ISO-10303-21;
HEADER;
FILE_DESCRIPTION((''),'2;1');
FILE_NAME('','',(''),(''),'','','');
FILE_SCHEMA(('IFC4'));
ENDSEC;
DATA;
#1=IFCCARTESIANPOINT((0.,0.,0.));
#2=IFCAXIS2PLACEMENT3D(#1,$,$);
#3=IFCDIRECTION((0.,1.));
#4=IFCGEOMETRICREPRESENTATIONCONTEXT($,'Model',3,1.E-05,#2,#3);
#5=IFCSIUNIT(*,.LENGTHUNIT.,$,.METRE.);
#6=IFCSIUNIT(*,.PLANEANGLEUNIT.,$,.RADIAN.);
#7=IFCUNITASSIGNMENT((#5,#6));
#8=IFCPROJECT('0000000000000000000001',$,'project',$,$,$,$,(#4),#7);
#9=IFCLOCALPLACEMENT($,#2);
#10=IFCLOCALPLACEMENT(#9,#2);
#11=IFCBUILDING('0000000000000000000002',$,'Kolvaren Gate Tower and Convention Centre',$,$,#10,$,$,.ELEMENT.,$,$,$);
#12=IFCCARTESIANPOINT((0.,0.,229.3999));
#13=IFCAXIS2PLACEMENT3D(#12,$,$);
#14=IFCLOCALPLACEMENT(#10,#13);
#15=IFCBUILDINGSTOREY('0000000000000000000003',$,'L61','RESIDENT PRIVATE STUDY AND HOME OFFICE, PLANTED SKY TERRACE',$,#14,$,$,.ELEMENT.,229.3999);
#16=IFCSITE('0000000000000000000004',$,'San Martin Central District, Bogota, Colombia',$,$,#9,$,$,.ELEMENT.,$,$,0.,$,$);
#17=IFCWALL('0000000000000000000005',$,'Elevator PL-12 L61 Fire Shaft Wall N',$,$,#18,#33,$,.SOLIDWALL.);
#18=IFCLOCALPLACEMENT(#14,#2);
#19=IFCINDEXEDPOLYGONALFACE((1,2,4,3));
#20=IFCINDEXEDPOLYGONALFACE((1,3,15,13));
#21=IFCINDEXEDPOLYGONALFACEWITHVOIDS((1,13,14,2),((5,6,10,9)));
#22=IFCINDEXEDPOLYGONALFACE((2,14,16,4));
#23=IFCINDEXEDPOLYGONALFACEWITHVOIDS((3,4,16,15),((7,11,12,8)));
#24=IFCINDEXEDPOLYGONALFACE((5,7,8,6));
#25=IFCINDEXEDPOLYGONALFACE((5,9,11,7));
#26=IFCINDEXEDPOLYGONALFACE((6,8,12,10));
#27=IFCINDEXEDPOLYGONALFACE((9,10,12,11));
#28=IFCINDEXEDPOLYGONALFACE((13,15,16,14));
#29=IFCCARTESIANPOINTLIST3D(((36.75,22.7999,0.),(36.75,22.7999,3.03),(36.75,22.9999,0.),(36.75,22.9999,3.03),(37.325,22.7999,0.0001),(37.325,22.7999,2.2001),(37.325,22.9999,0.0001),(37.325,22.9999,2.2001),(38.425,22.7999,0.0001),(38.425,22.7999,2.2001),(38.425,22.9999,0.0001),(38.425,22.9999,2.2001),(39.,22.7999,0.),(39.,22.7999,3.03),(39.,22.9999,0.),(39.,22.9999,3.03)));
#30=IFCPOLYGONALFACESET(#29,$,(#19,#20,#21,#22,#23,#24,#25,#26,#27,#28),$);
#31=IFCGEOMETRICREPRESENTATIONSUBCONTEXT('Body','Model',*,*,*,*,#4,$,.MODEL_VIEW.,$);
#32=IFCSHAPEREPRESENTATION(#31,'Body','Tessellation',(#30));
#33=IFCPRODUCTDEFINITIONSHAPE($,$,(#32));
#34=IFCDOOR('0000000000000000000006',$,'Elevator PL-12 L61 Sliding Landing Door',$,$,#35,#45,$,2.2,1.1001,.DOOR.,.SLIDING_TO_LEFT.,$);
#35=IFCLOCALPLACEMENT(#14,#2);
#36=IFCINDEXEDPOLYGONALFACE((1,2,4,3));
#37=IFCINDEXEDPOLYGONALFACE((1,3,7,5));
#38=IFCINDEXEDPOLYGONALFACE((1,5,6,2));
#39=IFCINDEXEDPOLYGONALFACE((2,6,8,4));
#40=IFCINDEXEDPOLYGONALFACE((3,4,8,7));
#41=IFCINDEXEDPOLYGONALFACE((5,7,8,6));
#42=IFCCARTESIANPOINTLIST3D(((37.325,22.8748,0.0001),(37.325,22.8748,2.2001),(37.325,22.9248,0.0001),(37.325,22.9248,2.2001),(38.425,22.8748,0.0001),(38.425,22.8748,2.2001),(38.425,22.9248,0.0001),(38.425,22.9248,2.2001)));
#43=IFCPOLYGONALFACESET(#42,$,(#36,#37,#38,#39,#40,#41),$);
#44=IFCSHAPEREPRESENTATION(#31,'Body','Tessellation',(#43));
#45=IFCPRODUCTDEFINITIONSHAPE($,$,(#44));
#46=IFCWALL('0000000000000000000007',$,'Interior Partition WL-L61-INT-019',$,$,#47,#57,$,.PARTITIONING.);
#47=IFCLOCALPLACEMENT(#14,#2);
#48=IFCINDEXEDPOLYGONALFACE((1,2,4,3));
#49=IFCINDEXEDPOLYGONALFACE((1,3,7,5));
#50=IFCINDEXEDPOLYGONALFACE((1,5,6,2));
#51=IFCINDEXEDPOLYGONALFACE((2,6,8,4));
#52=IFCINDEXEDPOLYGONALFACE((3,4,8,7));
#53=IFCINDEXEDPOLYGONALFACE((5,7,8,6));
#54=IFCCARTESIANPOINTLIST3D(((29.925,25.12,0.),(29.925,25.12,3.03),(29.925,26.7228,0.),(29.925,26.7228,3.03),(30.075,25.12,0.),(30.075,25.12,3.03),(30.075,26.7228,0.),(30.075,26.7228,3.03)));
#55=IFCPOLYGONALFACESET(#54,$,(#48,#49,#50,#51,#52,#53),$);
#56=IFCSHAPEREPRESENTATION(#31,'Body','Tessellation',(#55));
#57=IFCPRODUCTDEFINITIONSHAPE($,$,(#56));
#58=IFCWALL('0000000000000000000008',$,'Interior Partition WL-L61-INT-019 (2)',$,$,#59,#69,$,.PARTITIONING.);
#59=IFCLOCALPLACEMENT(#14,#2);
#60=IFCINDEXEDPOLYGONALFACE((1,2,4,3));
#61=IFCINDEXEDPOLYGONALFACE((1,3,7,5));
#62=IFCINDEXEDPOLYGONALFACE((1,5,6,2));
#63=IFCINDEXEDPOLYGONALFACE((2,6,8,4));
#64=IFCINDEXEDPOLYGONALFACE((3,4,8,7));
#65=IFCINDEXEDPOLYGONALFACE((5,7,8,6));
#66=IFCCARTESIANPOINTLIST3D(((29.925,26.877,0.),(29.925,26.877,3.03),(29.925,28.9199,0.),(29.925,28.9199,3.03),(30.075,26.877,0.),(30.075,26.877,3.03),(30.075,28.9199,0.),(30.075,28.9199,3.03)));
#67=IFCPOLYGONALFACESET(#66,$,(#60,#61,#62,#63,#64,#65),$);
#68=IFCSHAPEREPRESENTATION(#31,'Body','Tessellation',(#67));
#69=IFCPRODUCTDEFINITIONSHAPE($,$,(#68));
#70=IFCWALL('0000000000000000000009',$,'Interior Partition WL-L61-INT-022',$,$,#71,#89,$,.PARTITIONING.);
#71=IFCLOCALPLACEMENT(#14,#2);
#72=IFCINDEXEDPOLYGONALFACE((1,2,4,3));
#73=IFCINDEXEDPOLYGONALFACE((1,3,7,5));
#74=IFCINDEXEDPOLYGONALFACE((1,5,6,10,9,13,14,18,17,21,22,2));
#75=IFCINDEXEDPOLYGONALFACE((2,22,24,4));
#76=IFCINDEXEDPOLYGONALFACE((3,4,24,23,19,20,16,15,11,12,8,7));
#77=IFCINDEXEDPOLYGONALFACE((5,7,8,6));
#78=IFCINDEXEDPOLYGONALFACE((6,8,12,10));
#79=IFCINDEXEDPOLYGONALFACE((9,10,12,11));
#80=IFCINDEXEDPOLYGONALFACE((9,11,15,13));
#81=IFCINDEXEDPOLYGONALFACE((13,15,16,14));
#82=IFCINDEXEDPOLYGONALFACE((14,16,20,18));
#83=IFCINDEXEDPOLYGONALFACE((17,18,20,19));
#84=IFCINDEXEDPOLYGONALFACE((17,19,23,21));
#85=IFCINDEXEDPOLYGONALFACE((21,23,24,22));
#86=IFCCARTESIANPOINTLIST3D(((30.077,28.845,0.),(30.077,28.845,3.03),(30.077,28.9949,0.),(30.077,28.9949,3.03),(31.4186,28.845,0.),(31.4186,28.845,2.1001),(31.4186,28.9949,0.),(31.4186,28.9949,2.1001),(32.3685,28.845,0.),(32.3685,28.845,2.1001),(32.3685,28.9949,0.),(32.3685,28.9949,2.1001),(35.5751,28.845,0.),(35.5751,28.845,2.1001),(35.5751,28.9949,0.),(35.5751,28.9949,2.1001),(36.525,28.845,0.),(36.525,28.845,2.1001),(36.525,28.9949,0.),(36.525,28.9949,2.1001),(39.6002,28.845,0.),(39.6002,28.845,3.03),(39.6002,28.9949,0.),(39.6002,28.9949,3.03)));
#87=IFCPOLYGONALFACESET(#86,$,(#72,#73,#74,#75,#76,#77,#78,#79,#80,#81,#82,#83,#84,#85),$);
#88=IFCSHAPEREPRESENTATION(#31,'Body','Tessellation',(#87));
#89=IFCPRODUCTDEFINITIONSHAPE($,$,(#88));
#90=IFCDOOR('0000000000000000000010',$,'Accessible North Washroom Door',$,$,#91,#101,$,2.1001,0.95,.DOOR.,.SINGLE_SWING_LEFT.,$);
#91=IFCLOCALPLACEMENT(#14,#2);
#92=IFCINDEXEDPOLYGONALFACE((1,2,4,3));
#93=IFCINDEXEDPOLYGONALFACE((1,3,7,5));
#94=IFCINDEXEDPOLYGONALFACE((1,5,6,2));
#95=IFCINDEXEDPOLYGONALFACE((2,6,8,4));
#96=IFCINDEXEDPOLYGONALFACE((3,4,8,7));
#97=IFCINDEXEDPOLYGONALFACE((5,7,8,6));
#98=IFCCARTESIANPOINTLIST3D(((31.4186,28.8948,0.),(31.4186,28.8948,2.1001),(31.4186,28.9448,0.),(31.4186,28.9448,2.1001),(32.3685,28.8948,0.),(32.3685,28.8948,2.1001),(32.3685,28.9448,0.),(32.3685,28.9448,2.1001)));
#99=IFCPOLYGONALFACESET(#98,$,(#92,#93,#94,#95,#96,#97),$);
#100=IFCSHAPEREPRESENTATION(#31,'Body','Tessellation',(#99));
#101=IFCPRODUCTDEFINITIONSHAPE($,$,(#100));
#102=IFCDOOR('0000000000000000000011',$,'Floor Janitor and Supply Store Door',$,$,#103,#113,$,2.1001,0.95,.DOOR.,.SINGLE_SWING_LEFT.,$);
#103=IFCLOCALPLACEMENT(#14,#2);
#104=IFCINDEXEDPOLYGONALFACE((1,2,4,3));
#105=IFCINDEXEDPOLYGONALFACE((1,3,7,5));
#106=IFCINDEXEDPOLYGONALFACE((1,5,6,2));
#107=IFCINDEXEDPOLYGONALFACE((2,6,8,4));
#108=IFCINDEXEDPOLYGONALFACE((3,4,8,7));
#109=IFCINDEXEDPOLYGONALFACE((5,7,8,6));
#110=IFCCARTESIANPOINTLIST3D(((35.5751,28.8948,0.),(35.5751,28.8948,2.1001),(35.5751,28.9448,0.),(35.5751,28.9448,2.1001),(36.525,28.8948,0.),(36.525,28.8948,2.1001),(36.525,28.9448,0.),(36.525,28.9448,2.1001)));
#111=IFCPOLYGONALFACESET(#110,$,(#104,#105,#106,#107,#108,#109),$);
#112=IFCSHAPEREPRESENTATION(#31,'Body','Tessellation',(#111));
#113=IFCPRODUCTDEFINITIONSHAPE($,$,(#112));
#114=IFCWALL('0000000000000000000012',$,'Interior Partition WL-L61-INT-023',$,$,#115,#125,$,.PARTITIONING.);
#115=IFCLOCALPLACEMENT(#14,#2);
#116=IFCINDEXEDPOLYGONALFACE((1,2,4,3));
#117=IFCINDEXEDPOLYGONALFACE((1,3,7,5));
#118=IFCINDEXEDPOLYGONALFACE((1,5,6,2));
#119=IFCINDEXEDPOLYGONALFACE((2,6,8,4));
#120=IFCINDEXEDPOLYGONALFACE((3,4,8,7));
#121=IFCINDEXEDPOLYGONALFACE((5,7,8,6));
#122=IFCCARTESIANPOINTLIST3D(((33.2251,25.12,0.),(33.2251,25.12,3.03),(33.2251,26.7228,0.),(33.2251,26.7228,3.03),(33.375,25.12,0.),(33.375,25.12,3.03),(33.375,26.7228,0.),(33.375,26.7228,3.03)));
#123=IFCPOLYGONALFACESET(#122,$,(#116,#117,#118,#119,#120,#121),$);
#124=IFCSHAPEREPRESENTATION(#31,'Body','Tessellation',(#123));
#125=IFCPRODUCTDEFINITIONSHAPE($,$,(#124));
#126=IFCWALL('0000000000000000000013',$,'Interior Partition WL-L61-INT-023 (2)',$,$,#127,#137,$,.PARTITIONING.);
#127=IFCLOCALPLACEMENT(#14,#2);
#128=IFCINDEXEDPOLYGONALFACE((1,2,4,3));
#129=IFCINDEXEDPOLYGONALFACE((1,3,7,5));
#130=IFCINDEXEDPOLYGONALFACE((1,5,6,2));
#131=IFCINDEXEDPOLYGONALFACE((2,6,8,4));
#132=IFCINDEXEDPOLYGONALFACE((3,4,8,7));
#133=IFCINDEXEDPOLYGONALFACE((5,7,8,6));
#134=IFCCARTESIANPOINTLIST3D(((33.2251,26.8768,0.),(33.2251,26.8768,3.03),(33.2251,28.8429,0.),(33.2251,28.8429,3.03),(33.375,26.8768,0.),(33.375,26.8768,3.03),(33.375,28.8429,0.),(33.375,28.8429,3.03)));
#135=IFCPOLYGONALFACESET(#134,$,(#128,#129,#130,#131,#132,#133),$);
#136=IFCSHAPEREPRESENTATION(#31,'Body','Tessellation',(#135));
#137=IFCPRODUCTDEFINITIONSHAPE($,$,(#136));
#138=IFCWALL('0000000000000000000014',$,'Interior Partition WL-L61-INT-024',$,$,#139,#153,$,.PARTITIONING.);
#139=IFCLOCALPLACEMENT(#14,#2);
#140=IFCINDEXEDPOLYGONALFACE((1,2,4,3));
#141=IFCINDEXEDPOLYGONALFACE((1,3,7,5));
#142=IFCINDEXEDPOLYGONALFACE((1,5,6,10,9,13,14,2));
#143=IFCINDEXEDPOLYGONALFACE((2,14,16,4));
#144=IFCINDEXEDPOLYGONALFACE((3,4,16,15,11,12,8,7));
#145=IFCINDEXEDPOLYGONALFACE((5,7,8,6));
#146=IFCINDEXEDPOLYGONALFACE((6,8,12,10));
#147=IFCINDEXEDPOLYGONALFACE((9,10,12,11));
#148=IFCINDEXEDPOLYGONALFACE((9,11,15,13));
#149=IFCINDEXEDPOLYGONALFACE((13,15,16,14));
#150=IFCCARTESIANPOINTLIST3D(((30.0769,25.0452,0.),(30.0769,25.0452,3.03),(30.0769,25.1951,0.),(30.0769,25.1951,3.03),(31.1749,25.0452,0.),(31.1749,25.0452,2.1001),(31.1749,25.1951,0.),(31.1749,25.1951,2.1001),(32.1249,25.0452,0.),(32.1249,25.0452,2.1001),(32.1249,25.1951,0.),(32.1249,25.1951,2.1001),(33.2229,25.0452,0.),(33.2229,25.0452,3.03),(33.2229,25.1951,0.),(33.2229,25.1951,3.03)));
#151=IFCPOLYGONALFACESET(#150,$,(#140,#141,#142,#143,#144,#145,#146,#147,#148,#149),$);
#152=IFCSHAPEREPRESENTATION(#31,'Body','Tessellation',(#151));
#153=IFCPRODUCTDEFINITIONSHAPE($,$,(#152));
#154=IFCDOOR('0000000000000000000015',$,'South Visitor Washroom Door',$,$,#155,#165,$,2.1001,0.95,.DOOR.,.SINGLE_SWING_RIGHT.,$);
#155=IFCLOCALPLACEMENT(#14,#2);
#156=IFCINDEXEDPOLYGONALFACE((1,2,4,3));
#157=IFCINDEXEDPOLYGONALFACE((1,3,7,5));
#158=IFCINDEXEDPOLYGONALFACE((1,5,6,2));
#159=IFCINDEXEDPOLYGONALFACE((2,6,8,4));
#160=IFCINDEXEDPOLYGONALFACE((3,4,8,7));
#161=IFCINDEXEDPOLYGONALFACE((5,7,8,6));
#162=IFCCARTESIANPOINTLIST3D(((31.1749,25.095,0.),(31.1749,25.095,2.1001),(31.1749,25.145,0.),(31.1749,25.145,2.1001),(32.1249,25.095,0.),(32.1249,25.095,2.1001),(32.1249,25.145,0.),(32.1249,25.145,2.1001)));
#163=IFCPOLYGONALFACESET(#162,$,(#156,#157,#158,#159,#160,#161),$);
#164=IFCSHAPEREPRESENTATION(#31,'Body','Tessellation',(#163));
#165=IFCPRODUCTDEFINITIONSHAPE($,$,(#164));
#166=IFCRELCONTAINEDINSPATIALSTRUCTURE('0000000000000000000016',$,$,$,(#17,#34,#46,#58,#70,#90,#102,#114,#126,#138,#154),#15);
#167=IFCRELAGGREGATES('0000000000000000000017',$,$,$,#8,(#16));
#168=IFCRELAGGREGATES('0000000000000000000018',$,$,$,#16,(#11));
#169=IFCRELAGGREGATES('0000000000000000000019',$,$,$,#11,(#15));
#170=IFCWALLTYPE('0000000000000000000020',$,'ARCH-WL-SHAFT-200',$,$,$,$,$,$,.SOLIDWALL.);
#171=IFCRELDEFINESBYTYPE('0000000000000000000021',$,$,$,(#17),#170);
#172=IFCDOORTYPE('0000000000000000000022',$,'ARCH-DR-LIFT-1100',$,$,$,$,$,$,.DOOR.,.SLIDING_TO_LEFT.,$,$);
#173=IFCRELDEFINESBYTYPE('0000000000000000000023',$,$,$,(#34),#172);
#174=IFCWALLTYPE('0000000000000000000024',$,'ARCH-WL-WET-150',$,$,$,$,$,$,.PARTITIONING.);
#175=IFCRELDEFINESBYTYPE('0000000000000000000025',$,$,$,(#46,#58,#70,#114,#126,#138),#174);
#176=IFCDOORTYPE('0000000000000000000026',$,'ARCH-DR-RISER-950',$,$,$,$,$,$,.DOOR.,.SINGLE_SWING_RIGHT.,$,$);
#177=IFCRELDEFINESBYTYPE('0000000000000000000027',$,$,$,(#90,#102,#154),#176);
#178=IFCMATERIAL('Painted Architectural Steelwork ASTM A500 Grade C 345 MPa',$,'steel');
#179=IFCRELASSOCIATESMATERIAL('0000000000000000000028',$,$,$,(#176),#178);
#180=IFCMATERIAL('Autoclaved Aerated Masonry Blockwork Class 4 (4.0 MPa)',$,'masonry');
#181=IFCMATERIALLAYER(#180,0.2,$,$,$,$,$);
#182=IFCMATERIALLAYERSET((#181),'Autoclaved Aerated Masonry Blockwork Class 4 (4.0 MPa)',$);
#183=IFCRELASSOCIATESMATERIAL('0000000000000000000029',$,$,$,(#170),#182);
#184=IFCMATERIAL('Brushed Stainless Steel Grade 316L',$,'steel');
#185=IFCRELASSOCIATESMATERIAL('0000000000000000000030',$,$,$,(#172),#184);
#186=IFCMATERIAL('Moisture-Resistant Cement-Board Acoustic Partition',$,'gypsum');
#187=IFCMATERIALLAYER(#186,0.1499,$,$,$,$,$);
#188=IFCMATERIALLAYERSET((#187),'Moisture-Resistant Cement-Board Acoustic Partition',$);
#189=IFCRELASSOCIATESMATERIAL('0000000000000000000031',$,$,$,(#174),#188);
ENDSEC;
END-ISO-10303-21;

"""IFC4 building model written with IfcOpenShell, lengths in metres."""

from ifc_helpers import new_model, si_unit, direction, frame, frame_2d, origin, place, context, subcontext, project, spatial, rectangle, extrude, material, layer, layer_set, type_object, element, fill, save


model = new_model("IFC4")

# Units and contexts
model_context = context("Model", 3, precision=1e-05, world=origin(), true_north=direction((0.0, 1.0)))
body_context = subcontext(model_context, "Body", "Model", "MODEL_VIEW")
ifc_project = project(units=[si_unit("LENGTHUNIT", "METRE"), si_unit("PLANEANGLEUNIT", "RADIAN")], contexts=[model_context])

# Site, building, storey
site_placement = place(None, origin())
site = spatial("IfcSite", under=ifc_project, at=site_placement, Name="San Martin Central District, Bogota, Colombia", CompositionType="ELEMENT", RefElevation=0.0)
building_placement = place(site_placement, origin())
building = spatial("IfcBuilding", under=site, at=building_placement, Name="Kolvaren Gate Tower and Convention Centre", CompositionType="ELEMENT")
storey_placement = place(building_placement, frame((0.0, 0.0, 229.3999)))
storey = spatial("IfcBuildingStorey", under=building, at=storey_placement, Name="L61", Description="RESIDENT PRIVATE STUDY AND HOME OFFICE, PLANTED SKY TERRACE", CompositionType="ELEMENT", Elevation=229.3999)

# Shared definitions
ifc_material_1 = material(Name="Painted Architectural Steelwork ASTM A500 Grade C 345 MPa", Category="steel")
door_type_1 = type_object("IfcDoorType", Name="ARCH-DR-RISER-950", OperationType="SINGLE_SWING_RIGHT", PredefinedType="DOOR", material=ifc_material_1)

# Wall, opening, door
ifc_material_2 = material(Name="Autoclaved Aerated Masonry Blockwork Class 4 (4.0 MPa)", Category="masonry")
ifc_layer_1 = layer(ifc_material_2, 0.2)
ifc_layer_set_1 = layer_set([ifc_layer_1], Name="Autoclaved Aerated Masonry Blockwork Class 4 (4.0 MPa)")
wall_type_1 = type_object("IfcWallType", Name="ARCH-WL-SHAFT-200", PredefinedType="SOLIDWALL", material=ifc_layer_set_1)
ifc_material_3 = material(Name="Brushed Stainless Steel Grade 316L", Category="steel")
door_type_2 = type_object("IfcDoorType", Name="ARCH-DR-LIFT-1100", OperationType="SLIDING_TO_LEFT", PredefinedType="DOOR", material=ifc_material_3)
wall_1_placement = place(storey_placement, frame((36.75, 22.8999, 0.0), z_axis=(0.0, 0.0, 1.0), x_axis=(1.0, 0.0, 0.0)))
wall_1 = element("IfcWall", 1, at=wall_1_placement, inside=storey, type_object=wall_type_1, Name="Elevator PL-12 L61 Fire Shaft Wall N", PredefinedType="SOLIDWALL", context=body_context, shape_type="SweptSolid", body=[
    extrude(rectangle(XDim=2.25, YDim=0.2, at=frame_2d((1.125, 0.0))), origin(), (0.0, 0.0, 1.0), 3.03),
])
opening_1_placement = place(wall_1_placement, frame((0.575, 0.0, 0.0)))
opening_1 = element("IfcOpeningElement", 2, at=opening_1_placement, cuts=wall_1, PredefinedType="OPENING", context=body_context, shape_type="SweptSolid", body=[
    extrude(rectangle(XDim=1.1001, YDim=2.2, at=frame_2d((0.55, 1.1001))), frame((0.0, 0.1099, 0.0), z_axis=(0.0, -1.0, 0.0), x_axis=(1.0, 0.0, 0.0)), (0.0, 0.0, 1.0), 0.22),
])
door_1_placement = place(opening_1_placement, origin())
door_1 = element("IfcDoor", 3, at=door_1_placement, inside=storey, type_object=door_type_2, Name="Elevator PL-12 L61 Sliding Landing Door", OperationType="SLIDING_TO_LEFT", OverallHeight=2.2, OverallWidth=1.1001, PredefinedType="DOOR", context=body_context, shape_type="SweptSolid", body=[
    extrude(rectangle(XDim=1.1001, YDim=2.2, at=frame_2d((0.55, 1.1001))), frame((0.0, 0.0249, 0.0), z_axis=(0.0, -1.0, 0.0), x_axis=(1.0, 0.0, 0.0)), (0.0, 0.0, 1.0), 0.05),
])
fill(opening_1, door_1)

# Walls
ifc_material_4 = material(Name="Moisture-Resistant Cement-Board Acoustic Partition", Category="gypsum")
ifc_layer_2 = layer(ifc_material_4, 0.1499)
ifc_layer_set_2 = layer_set([ifc_layer_2], Name="Moisture-Resistant Cement-Board Acoustic Partition")
wall_type_2 = type_object("IfcWallType", Name="ARCH-WL-WET-150", PredefinedType="PARTITIONING", material=ifc_layer_set_2)
wall_2_placement = place(storey_placement, frame((30.0, 25.1201, 0.0), z_axis=(0.0, 0.0, 1.0), x_axis=(0.0, 1.0, 0.0)))
element("IfcWall", 4, at=wall_2_placement, inside=storey, type_object=wall_type_2, Name="Interior Partition WL-L61-INT-019", PredefinedType="PARTITIONING", context=body_context, shape_type="SweptSolid", body=[
    extrude(rectangle(XDim=1.6028, YDim=0.1499, at=frame_2d((0.8013, 0.0))), origin(), (0.0, 0.0, 1.0), 3.03),
])
wall_3_placement = place(storey_placement, frame((30.0, 26.877, 0.0), z_axis=(0.0, 0.0, 1.0), x_axis=(0.0, 1.0, 0.0)))
element("IfcWall", 5, at=wall_3_placement, inside=storey, type_object=wall_type_2, Name="Interior Partition WL-L61-INT-019 (2)", PredefinedType="PARTITIONING", context=body_context, shape_type="SweptSolid", body=[
    extrude(rectangle(XDim=2.043, YDim=0.1499, at=frame_2d((1.0215, 0.0))), origin(), (0.0, 0.0, 1.0), 3.03),
])

# Wall, openings, doors
wall_4_placement = place(storey_placement, frame((30.0769, 28.9199, 0.0), z_axis=(0.0, 0.0, 1.0), x_axis=(1.0, 0.0, 0.0)))
wall_4 = element("IfcWall", 6, at=wall_4_placement, inside=storey, type_object=wall_type_2, Name="Interior Partition WL-L61-INT-022", PredefinedType="PARTITIONING", context=body_context, shape_type="SweptSolid", body=[
    extrude(rectangle(XDim=9.5232, YDim=0.1499, at=frame_2d((4.7617, 0.0))), origin(), (0.0, 0.0, 1.0), 3.03),
])
opening_2_placement = place(wall_4_placement, frame((1.3416, 0.0, 0.0)))
opening_2 = element("IfcOpeningElement", 7, at=opening_2_placement, cuts=wall_4, PredefinedType="OPENING", context=body_context, shape_type="SweptSolid", body=[
    extrude(rectangle(XDim=0.95, YDim=2.1001, at=frame_2d((0.4751, 1.05))), frame((0.0, 0.085, 0.0), z_axis=(0.0, -1.0, 0.0), x_axis=(1.0, 0.0, 0.0)), (0.0, 0.0, 1.0), 0.1699),
])
opening_3_placement = place(wall_4_placement, frame((5.498, 0.0, 0.0)))
opening_3 = element("IfcOpeningElement", 8, at=opening_3_placement, cuts=wall_4, PredefinedType="OPENING", context=body_context, shape_type="SweptSolid", body=[
    extrude(rectangle(XDim=0.95, YDim=2.1001, at=frame_2d((0.4751, 1.05))), frame((0.0, 0.085, 0.0), z_axis=(0.0, -1.0, 0.0), x_axis=(1.0, 0.0, 0.0)), (0.0, 0.0, 1.0), 0.1699),
])
door_2_placement = place(opening_2_placement, origin())
door_2 = element("IfcDoor", 9, at=door_2_placement, inside=storey, type_object=door_type_1, Name="Accessible North Washroom Door", OperationType="SINGLE_SWING_LEFT", OverallHeight=2.1001, OverallWidth=0.95, PredefinedType="DOOR", context=body_context, shape_type="SweptSolid", body=[
    extrude(rectangle(XDim=0.95, YDim=2.1001, at=frame_2d((0.4751, 1.05))), frame((0.0, 0.0249, 0.0), z_axis=(0.0, -1.0, 0.0), x_axis=(1.0, 0.0, 0.0)), (0.0, 0.0, 1.0), 0.05),
])
fill(opening_2, door_2)
door_3_placement = place(opening_3_placement, origin())
door_3 = element("IfcDoor", 10, at=door_3_placement, inside=storey, type_object=door_type_1, Name="Floor Janitor and Supply Store Door", OperationType="SINGLE_SWING_LEFT", OverallHeight=2.1001, OverallWidth=0.95, PredefinedType="DOOR", context=body_context, shape_type="SweptSolid", body=[
    extrude(rectangle(XDim=0.95, YDim=2.1001, at=frame_2d((0.4751, 1.05))), frame((0.0, 0.0249, 0.0), z_axis=(0.0, -1.0, 0.0), x_axis=(1.0, 0.0, 0.0)), (0.0, 0.0, 1.0), 0.05),
])
fill(opening_3, door_3)

# Walls
wall_5_placement = place(storey_placement, frame((33.3, 25.1201, 0.0), z_axis=(0.0, 0.0, 1.0), x_axis=(0.0, 1.0, 0.0)))
element("IfcWall", 11, at=wall_5_placement, inside=storey, type_object=wall_type_2, Name="Interior Partition WL-L61-INT-023", PredefinedType="PARTITIONING", context=body_context, shape_type="SweptSolid", body=[
    extrude(rectangle(XDim=1.6028, YDim=0.1499, at=frame_2d((0.8013, 0.0))), origin(), (0.0, 0.0, 1.0), 3.03),
])
wall_6_placement = place(storey_placement, frame((33.3, 26.877, 0.0), z_axis=(0.0, 0.0, 1.0), x_axis=(0.0, 1.0, 0.0)))
element("IfcWall", 12, at=wall_6_placement, inside=storey, type_object=wall_type_2, Name="Interior Partition WL-L61-INT-023 (2)", PredefinedType="PARTITIONING", context=body_context, shape_type="SweptSolid", body=[
    extrude(rectangle(XDim=1.9661, YDim=0.1499, at=frame_2d((0.9829, 0.0))), origin(), (0.0, 0.0, 1.0), 3.03),
])

# Wall, opening, door
wall_7_placement = place(storey_placement, frame((30.0769, 25.1201, 0.0), z_axis=(0.0, 0.0, 1.0), x_axis=(1.0, 0.0, 0.0)))
wall_7 = element("IfcWall", 13, at=wall_7_placement, inside=storey, type_object=wall_type_2, Name="Interior Partition WL-L61-INT-024", PredefinedType="PARTITIONING", context=body_context, shape_type="SweptSolid", body=[
    extrude(rectangle(XDim=3.146, YDim=0.1499, at=frame_2d((1.573, 0.0))), origin(), (0.0, 0.0, 1.0), 3.03),
])
opening_4_placement = place(wall_7_placement, frame((1.0979, 0.0, 0.0)))
opening_4 = element("IfcOpeningElement", 14, at=opening_4_placement, cuts=wall_7, PredefinedType="OPENING", context=body_context, shape_type="SweptSolid", body=[
    extrude(rectangle(XDim=0.95, YDim=2.1001, at=frame_2d((0.4751, 1.05))), frame((0.0, 0.085, 0.0), z_axis=(0.0, -1.0, 0.0), x_axis=(1.0, 0.0, 0.0)), (0.0, 0.0, 1.0), 0.1699),
])
door_4_placement = place(opening_4_placement, origin())
door_4 = element("IfcDoor", 15, at=door_4_placement, inside=storey, type_object=door_type_1, Name="South Visitor Washroom Door", OperationType="SINGLE_SWING_RIGHT", OverallHeight=2.1001, OverallWidth=0.95, PredefinedType="DOOR", context=body_context, shape_type="SweptSolid", body=[
    extrude(rectangle(XDim=0.95, YDim=2.1001, at=frame_2d((0.4751, 1.05))), frame((0.0, 0.0249, 0.0), z_axis=(0.0, -1.0, 0.0), x_axis=(1.0, 0.0, 0.0)), (0.0, 0.0, 1.0), 0.05),
])
fill(opening_4, door_4)

save(model, "model.ifc")
